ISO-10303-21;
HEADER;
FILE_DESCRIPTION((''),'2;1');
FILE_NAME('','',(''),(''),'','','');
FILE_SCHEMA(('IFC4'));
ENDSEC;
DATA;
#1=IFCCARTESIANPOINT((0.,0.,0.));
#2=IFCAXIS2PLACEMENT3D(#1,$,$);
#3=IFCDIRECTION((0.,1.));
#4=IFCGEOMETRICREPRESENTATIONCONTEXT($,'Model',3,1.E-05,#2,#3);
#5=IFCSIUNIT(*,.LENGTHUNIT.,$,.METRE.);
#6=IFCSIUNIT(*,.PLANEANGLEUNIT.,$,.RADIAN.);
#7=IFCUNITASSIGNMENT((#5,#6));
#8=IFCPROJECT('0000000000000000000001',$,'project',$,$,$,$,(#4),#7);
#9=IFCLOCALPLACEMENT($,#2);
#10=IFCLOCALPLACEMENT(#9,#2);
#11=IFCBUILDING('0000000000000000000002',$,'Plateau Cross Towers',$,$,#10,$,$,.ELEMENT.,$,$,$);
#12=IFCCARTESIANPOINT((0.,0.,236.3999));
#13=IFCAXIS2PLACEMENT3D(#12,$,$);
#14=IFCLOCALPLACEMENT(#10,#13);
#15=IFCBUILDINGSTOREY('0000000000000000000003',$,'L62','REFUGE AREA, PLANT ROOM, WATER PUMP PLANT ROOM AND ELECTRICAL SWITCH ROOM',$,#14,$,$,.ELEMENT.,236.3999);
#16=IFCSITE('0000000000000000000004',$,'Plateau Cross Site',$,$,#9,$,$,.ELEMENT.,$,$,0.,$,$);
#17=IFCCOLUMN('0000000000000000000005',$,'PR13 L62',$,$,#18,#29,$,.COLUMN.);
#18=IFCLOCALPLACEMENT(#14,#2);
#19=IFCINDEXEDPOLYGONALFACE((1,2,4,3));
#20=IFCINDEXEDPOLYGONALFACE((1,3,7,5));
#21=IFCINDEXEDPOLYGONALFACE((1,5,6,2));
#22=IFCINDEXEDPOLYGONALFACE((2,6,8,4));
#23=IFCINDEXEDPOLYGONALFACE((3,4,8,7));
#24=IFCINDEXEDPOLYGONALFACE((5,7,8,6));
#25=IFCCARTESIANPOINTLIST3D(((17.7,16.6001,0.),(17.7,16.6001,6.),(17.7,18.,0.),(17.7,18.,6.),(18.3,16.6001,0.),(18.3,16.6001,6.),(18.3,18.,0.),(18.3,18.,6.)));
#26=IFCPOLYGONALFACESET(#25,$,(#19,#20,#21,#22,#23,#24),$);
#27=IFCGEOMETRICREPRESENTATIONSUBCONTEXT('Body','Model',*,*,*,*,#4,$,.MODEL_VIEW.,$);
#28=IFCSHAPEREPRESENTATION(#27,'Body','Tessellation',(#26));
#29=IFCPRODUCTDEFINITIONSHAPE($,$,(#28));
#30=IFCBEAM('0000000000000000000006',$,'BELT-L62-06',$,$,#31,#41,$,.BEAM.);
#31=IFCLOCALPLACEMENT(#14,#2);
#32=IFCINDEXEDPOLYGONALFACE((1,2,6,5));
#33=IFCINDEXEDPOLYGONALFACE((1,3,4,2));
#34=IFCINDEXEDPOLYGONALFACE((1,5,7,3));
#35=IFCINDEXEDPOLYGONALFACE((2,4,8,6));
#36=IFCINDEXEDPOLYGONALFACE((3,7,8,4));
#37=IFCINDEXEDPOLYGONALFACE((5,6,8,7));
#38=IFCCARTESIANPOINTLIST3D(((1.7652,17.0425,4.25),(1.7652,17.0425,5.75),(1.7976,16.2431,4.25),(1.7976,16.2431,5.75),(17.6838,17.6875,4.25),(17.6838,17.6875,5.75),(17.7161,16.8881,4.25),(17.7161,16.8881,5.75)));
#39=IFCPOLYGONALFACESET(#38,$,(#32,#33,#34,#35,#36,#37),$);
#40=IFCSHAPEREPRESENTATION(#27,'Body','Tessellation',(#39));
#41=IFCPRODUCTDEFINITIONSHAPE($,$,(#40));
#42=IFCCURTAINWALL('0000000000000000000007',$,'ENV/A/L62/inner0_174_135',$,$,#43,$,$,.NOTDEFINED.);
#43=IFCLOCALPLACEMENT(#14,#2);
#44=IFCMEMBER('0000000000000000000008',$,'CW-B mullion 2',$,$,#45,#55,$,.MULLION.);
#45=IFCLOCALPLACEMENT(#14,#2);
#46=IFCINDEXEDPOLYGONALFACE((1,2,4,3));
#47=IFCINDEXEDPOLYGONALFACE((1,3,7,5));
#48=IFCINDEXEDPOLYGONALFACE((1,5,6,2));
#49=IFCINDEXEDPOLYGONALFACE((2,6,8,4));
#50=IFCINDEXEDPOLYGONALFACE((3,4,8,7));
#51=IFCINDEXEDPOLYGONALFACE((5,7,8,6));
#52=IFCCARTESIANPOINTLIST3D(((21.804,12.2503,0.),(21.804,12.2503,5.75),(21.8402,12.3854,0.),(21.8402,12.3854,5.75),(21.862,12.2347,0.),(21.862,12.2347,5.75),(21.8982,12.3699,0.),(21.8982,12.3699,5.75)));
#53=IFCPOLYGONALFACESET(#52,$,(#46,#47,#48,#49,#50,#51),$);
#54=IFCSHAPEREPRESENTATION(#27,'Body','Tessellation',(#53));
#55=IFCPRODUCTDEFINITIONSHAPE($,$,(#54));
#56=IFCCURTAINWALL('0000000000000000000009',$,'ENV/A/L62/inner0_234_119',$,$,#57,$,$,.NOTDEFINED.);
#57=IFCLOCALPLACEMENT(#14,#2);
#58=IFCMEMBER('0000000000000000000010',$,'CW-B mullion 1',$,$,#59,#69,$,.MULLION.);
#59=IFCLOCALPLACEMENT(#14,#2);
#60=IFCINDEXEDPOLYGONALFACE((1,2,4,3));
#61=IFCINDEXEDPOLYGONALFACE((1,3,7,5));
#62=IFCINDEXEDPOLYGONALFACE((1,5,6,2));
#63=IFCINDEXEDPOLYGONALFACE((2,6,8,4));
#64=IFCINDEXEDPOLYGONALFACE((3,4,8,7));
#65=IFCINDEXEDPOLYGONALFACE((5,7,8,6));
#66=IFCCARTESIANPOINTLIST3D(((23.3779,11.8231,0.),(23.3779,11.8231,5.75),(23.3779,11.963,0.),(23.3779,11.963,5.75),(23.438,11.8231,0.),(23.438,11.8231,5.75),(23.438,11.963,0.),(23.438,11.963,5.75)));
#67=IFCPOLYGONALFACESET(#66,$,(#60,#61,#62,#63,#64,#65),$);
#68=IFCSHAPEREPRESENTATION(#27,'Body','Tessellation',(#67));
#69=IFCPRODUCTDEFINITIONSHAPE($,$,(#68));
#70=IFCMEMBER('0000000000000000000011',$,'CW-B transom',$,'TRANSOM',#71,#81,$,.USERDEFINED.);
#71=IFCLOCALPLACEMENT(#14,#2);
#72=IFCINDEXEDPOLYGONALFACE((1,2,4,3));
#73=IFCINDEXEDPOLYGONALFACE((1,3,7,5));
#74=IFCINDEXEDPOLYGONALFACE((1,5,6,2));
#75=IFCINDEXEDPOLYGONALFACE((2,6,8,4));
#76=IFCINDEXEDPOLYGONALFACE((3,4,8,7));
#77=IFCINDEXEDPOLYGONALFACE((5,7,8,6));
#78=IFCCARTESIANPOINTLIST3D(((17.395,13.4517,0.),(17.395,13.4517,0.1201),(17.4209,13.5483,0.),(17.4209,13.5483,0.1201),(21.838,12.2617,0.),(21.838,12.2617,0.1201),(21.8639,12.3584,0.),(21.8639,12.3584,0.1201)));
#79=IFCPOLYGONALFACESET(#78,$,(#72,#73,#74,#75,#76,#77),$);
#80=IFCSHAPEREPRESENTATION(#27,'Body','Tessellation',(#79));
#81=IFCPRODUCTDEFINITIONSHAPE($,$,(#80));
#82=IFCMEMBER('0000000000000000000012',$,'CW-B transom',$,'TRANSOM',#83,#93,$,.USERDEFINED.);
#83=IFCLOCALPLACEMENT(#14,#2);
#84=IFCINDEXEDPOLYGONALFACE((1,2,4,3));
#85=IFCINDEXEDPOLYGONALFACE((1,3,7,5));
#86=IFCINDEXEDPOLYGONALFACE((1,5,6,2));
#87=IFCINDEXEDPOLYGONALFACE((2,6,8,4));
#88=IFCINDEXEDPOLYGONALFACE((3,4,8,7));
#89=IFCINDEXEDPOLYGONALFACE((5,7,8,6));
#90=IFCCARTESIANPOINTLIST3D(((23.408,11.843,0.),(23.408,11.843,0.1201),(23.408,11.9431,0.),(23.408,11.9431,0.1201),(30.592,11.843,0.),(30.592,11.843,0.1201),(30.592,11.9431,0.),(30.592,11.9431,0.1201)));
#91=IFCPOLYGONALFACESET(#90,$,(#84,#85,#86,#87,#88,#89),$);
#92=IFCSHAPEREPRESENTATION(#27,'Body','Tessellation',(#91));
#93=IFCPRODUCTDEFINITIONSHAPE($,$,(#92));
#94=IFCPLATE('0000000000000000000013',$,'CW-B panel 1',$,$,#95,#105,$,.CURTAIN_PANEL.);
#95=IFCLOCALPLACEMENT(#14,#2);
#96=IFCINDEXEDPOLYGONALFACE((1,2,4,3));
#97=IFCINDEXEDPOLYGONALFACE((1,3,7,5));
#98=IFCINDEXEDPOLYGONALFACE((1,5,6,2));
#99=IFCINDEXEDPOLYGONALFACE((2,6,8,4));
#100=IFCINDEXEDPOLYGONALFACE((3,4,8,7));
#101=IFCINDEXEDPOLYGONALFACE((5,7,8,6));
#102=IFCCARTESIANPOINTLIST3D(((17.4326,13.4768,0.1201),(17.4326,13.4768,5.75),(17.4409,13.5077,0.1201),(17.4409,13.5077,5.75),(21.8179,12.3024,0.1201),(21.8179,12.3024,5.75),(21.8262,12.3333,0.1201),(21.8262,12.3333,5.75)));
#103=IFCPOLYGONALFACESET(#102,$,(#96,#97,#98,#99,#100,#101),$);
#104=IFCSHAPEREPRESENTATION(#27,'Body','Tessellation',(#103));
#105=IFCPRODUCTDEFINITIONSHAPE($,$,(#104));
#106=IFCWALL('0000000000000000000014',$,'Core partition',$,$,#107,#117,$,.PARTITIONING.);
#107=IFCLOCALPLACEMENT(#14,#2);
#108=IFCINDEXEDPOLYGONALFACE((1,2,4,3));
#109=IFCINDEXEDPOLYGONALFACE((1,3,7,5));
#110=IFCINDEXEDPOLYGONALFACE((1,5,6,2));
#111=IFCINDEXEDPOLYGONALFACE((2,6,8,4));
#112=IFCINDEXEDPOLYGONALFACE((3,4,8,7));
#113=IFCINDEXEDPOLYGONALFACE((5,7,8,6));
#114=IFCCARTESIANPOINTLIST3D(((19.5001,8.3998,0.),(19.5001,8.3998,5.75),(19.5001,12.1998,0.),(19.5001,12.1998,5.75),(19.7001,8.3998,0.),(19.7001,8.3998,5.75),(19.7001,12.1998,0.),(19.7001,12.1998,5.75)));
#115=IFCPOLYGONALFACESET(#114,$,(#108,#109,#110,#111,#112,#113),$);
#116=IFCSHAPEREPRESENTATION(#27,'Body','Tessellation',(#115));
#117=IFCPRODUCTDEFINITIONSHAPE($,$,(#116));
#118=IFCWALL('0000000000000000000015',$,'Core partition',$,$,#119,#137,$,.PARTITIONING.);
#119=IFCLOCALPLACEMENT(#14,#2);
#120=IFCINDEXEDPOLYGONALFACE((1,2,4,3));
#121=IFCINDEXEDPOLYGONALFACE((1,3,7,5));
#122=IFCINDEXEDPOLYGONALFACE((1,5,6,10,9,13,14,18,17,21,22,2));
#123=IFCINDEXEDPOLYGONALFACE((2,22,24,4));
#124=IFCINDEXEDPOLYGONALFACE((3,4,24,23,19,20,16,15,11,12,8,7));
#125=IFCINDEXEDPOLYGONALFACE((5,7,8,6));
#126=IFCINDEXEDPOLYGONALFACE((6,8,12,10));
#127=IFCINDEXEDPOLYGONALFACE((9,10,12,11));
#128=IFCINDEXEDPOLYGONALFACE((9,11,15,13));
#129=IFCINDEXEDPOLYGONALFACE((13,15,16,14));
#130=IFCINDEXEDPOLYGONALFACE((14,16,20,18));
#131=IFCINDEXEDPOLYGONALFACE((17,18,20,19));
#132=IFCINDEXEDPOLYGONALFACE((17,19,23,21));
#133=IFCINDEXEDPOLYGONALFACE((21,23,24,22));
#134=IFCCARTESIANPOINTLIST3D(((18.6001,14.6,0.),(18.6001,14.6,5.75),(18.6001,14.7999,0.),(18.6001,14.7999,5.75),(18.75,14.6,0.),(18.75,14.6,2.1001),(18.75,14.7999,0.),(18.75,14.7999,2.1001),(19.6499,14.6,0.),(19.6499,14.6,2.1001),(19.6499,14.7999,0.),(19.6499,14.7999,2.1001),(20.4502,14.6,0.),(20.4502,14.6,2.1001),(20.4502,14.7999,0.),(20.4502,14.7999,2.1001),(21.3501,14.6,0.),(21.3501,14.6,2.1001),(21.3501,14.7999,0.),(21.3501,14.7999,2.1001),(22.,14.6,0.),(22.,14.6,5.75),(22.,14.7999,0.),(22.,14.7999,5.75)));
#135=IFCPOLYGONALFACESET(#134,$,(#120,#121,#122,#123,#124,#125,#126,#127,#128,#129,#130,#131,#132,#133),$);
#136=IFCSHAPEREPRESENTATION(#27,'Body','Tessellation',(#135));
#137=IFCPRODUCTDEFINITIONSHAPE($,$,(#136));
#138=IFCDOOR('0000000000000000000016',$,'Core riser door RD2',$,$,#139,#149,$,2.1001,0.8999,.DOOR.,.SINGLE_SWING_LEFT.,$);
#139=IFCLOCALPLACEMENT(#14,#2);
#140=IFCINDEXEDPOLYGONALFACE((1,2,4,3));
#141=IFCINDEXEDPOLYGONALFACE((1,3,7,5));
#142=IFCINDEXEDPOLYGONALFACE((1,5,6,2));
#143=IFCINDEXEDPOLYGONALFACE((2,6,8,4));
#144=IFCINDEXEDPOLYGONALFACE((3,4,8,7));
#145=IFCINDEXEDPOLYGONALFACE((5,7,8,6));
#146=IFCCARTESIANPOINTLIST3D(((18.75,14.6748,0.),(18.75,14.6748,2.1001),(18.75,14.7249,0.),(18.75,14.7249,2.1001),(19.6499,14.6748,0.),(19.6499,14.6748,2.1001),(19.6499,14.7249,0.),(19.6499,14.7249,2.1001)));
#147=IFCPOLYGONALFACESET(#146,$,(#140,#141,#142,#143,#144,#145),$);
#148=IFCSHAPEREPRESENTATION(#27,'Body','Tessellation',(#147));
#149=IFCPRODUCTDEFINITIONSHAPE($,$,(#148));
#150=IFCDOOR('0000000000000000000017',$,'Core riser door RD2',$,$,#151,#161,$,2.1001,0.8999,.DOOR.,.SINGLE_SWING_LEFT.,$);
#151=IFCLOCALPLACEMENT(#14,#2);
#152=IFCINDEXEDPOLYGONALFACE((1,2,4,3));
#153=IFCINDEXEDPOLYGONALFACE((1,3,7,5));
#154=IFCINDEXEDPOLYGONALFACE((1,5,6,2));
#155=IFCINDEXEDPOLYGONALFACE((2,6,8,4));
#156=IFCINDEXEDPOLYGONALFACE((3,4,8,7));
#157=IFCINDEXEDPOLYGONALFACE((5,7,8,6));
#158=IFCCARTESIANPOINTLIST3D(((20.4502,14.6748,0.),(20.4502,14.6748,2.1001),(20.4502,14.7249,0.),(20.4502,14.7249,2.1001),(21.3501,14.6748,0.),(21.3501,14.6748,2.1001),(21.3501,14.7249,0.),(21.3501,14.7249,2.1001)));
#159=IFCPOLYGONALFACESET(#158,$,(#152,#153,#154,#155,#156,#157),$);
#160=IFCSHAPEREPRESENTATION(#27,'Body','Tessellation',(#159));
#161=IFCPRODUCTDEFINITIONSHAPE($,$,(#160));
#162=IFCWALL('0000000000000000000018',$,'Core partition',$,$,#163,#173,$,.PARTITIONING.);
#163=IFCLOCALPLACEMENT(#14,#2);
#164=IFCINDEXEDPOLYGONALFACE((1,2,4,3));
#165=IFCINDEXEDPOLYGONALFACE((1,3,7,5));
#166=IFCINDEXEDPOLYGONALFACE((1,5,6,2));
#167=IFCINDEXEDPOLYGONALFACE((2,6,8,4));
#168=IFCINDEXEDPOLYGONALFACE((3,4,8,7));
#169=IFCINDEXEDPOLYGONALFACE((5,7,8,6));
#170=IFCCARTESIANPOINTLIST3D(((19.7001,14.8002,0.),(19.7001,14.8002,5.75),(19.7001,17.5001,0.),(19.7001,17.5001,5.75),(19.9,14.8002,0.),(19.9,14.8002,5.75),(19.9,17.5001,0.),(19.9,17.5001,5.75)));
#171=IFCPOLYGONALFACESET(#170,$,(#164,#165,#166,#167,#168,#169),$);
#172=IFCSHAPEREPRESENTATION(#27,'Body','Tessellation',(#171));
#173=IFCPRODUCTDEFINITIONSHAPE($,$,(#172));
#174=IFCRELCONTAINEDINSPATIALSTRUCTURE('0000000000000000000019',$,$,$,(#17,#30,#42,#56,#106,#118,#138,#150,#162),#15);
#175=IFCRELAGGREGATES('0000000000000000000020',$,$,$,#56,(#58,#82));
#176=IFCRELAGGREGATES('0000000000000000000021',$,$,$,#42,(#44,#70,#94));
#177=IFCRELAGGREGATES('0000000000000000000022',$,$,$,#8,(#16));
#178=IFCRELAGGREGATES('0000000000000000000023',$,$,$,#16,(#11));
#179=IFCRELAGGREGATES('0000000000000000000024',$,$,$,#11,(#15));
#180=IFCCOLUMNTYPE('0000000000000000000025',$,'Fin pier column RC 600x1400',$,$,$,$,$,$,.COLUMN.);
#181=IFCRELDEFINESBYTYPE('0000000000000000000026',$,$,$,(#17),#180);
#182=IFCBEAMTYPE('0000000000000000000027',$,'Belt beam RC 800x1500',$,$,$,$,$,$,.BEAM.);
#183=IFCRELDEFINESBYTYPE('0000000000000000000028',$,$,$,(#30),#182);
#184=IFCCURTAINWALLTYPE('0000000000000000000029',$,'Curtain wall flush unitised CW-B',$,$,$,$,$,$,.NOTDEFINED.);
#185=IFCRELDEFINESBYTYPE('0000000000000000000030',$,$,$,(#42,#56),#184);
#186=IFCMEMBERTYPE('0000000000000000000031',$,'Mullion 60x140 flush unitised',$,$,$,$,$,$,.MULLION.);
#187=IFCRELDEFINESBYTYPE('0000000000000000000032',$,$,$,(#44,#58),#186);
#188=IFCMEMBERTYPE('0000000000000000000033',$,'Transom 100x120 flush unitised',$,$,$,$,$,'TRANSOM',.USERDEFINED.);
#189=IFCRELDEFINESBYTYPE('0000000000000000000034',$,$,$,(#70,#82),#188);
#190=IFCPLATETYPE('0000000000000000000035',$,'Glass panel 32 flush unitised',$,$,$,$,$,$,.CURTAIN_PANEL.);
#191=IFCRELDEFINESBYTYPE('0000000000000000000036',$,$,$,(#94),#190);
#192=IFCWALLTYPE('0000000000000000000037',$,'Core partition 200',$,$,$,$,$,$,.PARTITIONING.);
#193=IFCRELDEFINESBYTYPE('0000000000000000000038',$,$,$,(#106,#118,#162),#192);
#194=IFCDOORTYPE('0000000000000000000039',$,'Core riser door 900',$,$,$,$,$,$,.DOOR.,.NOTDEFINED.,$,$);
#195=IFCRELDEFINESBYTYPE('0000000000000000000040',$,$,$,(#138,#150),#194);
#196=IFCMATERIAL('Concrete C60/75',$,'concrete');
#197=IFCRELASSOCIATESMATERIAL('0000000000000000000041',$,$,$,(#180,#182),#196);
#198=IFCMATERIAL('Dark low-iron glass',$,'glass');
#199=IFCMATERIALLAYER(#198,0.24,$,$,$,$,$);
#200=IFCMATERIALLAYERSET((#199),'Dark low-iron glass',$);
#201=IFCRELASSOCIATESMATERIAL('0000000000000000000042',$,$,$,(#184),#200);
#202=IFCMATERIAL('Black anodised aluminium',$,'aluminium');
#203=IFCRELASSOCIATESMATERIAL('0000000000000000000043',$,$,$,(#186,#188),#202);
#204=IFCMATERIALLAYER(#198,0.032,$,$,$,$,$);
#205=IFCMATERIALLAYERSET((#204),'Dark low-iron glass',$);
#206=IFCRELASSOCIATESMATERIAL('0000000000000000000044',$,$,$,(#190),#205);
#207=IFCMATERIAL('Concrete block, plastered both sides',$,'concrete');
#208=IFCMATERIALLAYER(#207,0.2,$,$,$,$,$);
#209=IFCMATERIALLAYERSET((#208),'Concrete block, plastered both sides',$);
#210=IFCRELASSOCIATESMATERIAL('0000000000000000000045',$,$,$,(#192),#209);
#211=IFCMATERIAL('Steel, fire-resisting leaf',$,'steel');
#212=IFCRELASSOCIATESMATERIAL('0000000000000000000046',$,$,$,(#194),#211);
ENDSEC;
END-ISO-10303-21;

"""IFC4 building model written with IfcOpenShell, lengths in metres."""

from ifc_helpers import new_model, si_unit, direction, frame, frame_2d, origin, origin_2d, place, context, subcontext, project, spatial, rectangle, extrude, material, layer, layer_set, material_profile, profile_set, type_object, element, fill, aggregate, save


model = new_model("IFC4")

# Units and contexts
model_context = context("Model", 3, precision=1e-05, world=origin(), true_north=direction((0.0, 1.0)))
body_context = subcontext(model_context, "Body", "Model", "MODEL_VIEW")
ifc_project = project(units=[si_unit("LENGTHUNIT", "METRE"), si_unit("PLANEANGLEUNIT", "RADIAN")], contexts=[model_context])

# Site, building, storey
site_placement = place(None, origin())
site = spatial("IfcSite", under=ifc_project, at=site_placement, Name="Plateau Cross Site", CompositionType="ELEMENT", RefElevation=0.0)
building_placement = place(site_placement, origin())
building = spatial("IfcBuilding", under=site, at=building_placement, Name="Plateau Cross Towers", CompositionType="ELEMENT")
storey_placement = place(building_placement, frame((0.0, 0.0, 236.3999)))
storey = spatial("IfcBuildingStorey", under=building, at=storey_placement, Name="L62", Description="REFUGE AREA, PLANT ROOM, WATER PUMP PLANT ROOM AND ELECTRICAL SWITCH ROOM", CompositionType="ELEMENT", Elevation=236.3999)

# Column
ifc_material_1 = material(Name="Concrete C60/75", Category="concrete")
ifc_material_profile_1 = material_profile(ifc_material_1, rectangle(XDim=0.6001, YDim=1.3999, at=origin_2d()), Name="RC 600x1400")
ifc_profile_set_1 = profile_set([ifc_material_profile_1], Name="Concrete C60/75")
column_type = type_object("IfcColumnType", Name="Fin pier column RC 600x1400", PredefinedType="COLUMN", material=ifc_profile_set_1)
column_placement = place(storey_placement, frame((18.0, 17.3, 0.0), z_axis=(0.0, 0.0, 1.0), x_axis=(1.0, 0.0, 0.0)))
element("IfcColumn", 1, at=column_placement, inside=storey, type_object=column_type, Name="PR13 L62", PredefinedType="COLUMN", context=body_context, shape_type="SweptSolid", body=[
    extrude(rectangle(XDim=0.6001, YDim=1.3999, at=origin_2d()), origin(), (0.0, 0.0, 1.0), 6.0),
])

# Beam
ifc_material_profile_2 = material_profile(ifc_material_1, rectangle(XDim=0.8, YDim=1.5, at=origin_2d()), Name="RC 800x1500")
ifc_profile_set_2 = profile_set([ifc_material_profile_2], Name="Concrete C60/75")
beam_type = type_object("IfcBeamType", Name="Belt beam RC 800x1500", PredefinedType="BEAM", material=ifc_profile_set_2)
beam_placement = place(storey_placement, frame((17.7, 17.2878, 5.0), z_axis=(-0.99918, -0.040487, 0.0), x_axis=(0.040487, -0.99918, 0.0)))
element("IfcBeam", 2, at=beam_placement, inside=storey, type_object=beam_type, Name="BELT-L62-06", PredefinedType="BEAM", context=body_context, shape_type="SweptSolid", body=[
    extrude(rectangle(XDim=0.8, YDim=1.5, at=origin_2d()), origin(), (0.0, 0.0, 1.0), 15.9316),
])

# Curtain walls, members
ifc_material_2 = material(Name="Dark low-iron glass", Category="glass")
ifc_layer_1 = layer(ifc_material_2, 0.24)
ifc_layer_set_1 = layer_set([ifc_layer_1], Name="Dark low-iron glass")
curtain_wall_type = type_object("IfcCurtainWallType", Name="Curtain wall flush unitised CW-B", PredefinedType="NOTDEFINED", material=ifc_layer_set_1)
curtain_wall_1_placement = place(storey_placement, origin())
curtain_wall_1 = element("IfcCurtainWall", 3, at=curtain_wall_1_placement, inside=storey, type_object=curtain_wall_type, Name="ENV/A/L62/inner0_174_135", PredefinedType="NOTDEFINED")
ifc_material_3 = material(Name="Black anodised aluminium", Category="aluminium")
ifc_material_profile_3 = material_profile(ifc_material_3, rectangle(XDim=0.0601, YDim=0.1399, at=origin_2d()), Name="MULLION 60x140")
ifc_profile_set_3 = profile_set([ifc_material_profile_3], Name="Black anodised aluminium")
member_type_1 = type_object("IfcMemberType", Name="Mullion 60x140 flush unitised", PredefinedType="MULLION", material=ifc_profile_set_3)
member_1_placement = place(storey_placement, frame((21.8511, 12.3101, 0.0), z_axis=(0.0, 0.0, 1.0), x_axis=(0.965958, -0.258699, 0.0)))
member_1 = element("IfcMember", 4, at=member_1_placement, type_object=member_type_1, Name="CW-B mullion 2", PredefinedType="MULLION", context=body_context, shape_type="SweptSolid", body=[
    extrude(rectangle(XDim=0.0601, YDim=0.1399, at=origin_2d()), origin(), (0.0, 0.0, 1.0), 5.75),
])
curtain_wall_2_placement = place(storey_placement, origin())
curtain_wall_2 = element("IfcCurtainWall", 5, at=curtain_wall_2_placement, inside=storey, type_object=curtain_wall_type, Name="ENV/A/L62/inner0_234_119", PredefinedType="NOTDEFINED")
member_2_placement = place(storey_placement, frame((23.408, 11.8931, 0.0), z_axis=(0.0, 0.0, 1.0), x_axis=(1.0, 0.0, 0.0)))
member_2 = element("IfcMember", 6, at=member_2_placement, type_object=member_type_1, Name="CW-B mullion 1", PredefinedType="MULLION", context=body_context, shape_type="SweptSolid", body=[
    extrude(rectangle(XDim=0.0601, YDim=0.1399, at=origin_2d()), origin(), (0.0, 0.0, 1.0), 5.75),
])

# Members
ifc_material_profile_4 = material_profile(ifc_material_3, rectangle(XDim=0.1001, YDim=0.1201, at=origin_2d()), Name="TRANSOM 100x120")
ifc_profile_set_4 = profile_set([ifc_material_profile_4], Name="Black anodised aluminium")
member_type_2 = type_object("IfcMemberType", Name="Transom 100x120 flush unitised", ElementType="TRANSOM", PredefinedType="USERDEFINED", material=ifc_profile_set_4)
member_3_placement = place(storey_placement, frame((17.408, 13.5, 0.0601), z_axis=(0.965958, -0.2587, 0.0), x_axis=(0.2587, 0.965958, 0.0)))
member_3 = element("IfcMember", 7, at=member_3_placement, type_object=member_type_2, Name="CW-B transom", ObjectType="TRANSOM", PredefinedType="USERDEFINED", context=body_context, shape_type="SweptSolid", body=[
    extrude(rectangle(XDim=0.1001, YDim=0.1201, at=origin_2d()), origin(), (0.0, 0.0, 1.0), 4.5996),
])
member_4_placement = place(storey_placement, frame((23.408, 11.8931, 0.0601), z_axis=(1.0, 0.0, 0.0), x_axis=(0.0, 1.0, 0.0)))
member_4 = element("IfcMember", 8, at=member_4_placement, type_object=member_type_2, Name="CW-B transom", ObjectType="TRANSOM", PredefinedType="USERDEFINED", context=body_context, shape_type="SweptSolid", body=[
    extrude(rectangle(XDim=0.1001, YDim=0.1201, at=origin_2d()), origin(), (0.0, 0.0, 1.0), 7.1841),
])
aggregate(curtain_wall_2, [member_2, member_4])

# Plate
ifc_layer_2 = layer(ifc_material_2, 0.032)
ifc_layer_set_2 = layer_set([ifc_layer_2], Name="Dark low-iron glass")
plate_type = type_object("IfcPlateType", Name="Glass panel 32 flush unitised", PredefinedType="CURTAIN_PANEL", material=ifc_layer_set_2)
plate_placement = place(storey_placement, frame((19.6294, 12.905, 0.1201), z_axis=(0.0, 0.0, 1.0), x_axis=(0.965958, -0.258699, 0.0)))
plate = element("IfcPlate", 9, at=plate_placement, type_object=plate_type, Name="CW-B panel 1", PredefinedType="CURTAIN_PANEL", context=body_context, shape_type="SweptSolid", body=[
    extrude(rectangle(XDim=4.5398, YDim=0.032, at=origin_2d()), origin(), (0.0, 0.0, 1.0), 5.6299),
])
aggregate(curtain_wall_1, [member_1, member_3, plate])

# Wall
ifc_material_4 = material(Name="Concrete block, plastered both sides", Category="concrete")
ifc_layer_3 = layer(ifc_material_4, 0.2)
ifc_layer_set_3 = layer_set([ifc_layer_3], Name="Concrete block, plastered both sides")
wall_type_1 = type_object("IfcWallType", Name="Core partition 200", PredefinedType="PARTITIONING", material=ifc_layer_set_3)
wall_1_placement = place(storey_placement, frame((19.6001, 8.3999, 0.0), z_axis=(0.0, 0.0, 1.0), x_axis=(0.0, 1.0, 0.0)))
element("IfcWall", 10, at=wall_1_placement, inside=storey, type_object=wall_type_1, Name="Core partition", PredefinedType="PARTITIONING", context=body_context, shape_type="SweptSolid", body=[
    extrude(rectangle(XDim=3.8, YDim=0.2, at=frame_2d((1.8999, 0.0))), origin(), (0.0, 0.0, 1.0), 5.75),
])

# Wall, openings, doors
wall_2_placement = place(storey_placement, frame((18.6001, 14.7, 0.0), z_axis=(0.0, 0.0, 1.0), x_axis=(1.0, 0.0, 0.0)))
wall_2 = element("IfcWall", 11, at=wall_2_placement, inside=storey, type_object=wall_type_1, Name="Core partition", PredefinedType="PARTITIONING", context=body_context, shape_type="SweptSolid", body=[
    extrude(rectangle(XDim=3.3999, YDim=0.2, at=frame_2d((1.7, 0.0))), origin(), (0.0, 0.0, 1.0), 5.75),
])
opening_1_placement = place(wall_2_placement, frame((0.1499, 0.0, 0.0)))
opening_1 = element("IfcOpeningElement", 12, at=opening_1_placement, cuts=wall_2, PredefinedType="OPENING", context=body_context, shape_type="SweptSolid", body=[
    extrude(rectangle(XDim=0.8999, YDim=2.1001, at=frame_2d((0.45, 1.05))), frame((0.0, 0.1099, 0.0), z_axis=(0.0, -1.0, 0.0), x_axis=(1.0, 0.0, 0.0)), (0.0, 0.0, 1.0), 0.22),
])
opening_2_placement = place(wall_2_placement, frame((1.8501, 0.0, 0.0)))
opening_2 = element("IfcOpeningElement", 13, at=opening_2_placement, cuts=wall_2, PredefinedType="OPENING", context=body_context, shape_type="SweptSolid", body=[
    extrude(rectangle(XDim=0.8999, YDim=2.1001, at=frame_2d((0.45, 1.05))), frame((0.0, 0.1099, 0.0), z_axis=(0.0, -1.0, 0.0), x_axis=(1.0, 0.0, 0.0)), (0.0, 0.0, 1.0), 0.22),
])
ifc_material_5 = material(Name="Steel, fire-resisting leaf", Category="steel")
door_type_1 = type_object("IfcDoorType", Name="Core riser door 900", OperationType="NOTDEFINED", PredefinedType="DOOR", material=ifc_material_5)
door_1_placement = place(opening_1_placement, origin())
door_1 = element("IfcDoor", 14, at=door_1_placement, inside=storey, type_object=door_type_1, Name="Core riser door RD2", OperationType="SINGLE_SWING_LEFT", OverallHeight=2.1001, OverallWidth=0.8999, PredefinedType="DOOR", context=body_context, shape_type="SweptSolid", body=[
    extrude(rectangle(XDim=0.8999, YDim=2.1001, at=frame_2d((0.45, 1.05))), frame((0.0, 0.0249, 0.0), z_axis=(0.0, -1.0, 0.0), x_axis=(1.0, 0.0, 0.0)), (0.0, 0.0, 1.0), 0.05),
])
fill(opening_1, door_1)
door_2_placement = place(opening_2_placement, origin())
door_2 = element("IfcDoor", 15, at=door_2_placement, inside=storey, type_object=door_type_1, Name="Core riser door RD2", OperationType="SINGLE_SWING_LEFT", OverallHeight=2.1001, OverallWidth=0.8999, PredefinedType="DOOR", context=body_context, shape_type="SweptSolid", body=[
    extrude(rectangle(XDim=0.8999, YDim=2.1001, at=frame_2d((0.45, 1.05))), frame((0.0, 0.0249, 0.0), z_axis=(0.0, -1.0, 0.0), x_axis=(1.0, 0.0, 0.0)), (0.0, 0.0, 1.0), 0.05),
])
fill(opening_2, door_2)

# Wall
wall_3_placement = place(storey_placement, frame((19.8, 14.8, 0.0), z_axis=(0.0, 0.0, 1.0), x_axis=(0.0, 1.0, 0.0)))
element("IfcWall", 16, at=wall_3_placement, inside=storey, type_object=wall_type_1, Name="Core partition", PredefinedType="PARTITIONING", context=body_context, shape_type="SweptSolid", body=[
    extrude(rectangle(XDim=2.7, YDim=0.2, at=frame_2d((1.3501, 0.0))), origin(), (0.0, 0.0, 1.0), 5.75),
])

save(model, "model.ifc")
